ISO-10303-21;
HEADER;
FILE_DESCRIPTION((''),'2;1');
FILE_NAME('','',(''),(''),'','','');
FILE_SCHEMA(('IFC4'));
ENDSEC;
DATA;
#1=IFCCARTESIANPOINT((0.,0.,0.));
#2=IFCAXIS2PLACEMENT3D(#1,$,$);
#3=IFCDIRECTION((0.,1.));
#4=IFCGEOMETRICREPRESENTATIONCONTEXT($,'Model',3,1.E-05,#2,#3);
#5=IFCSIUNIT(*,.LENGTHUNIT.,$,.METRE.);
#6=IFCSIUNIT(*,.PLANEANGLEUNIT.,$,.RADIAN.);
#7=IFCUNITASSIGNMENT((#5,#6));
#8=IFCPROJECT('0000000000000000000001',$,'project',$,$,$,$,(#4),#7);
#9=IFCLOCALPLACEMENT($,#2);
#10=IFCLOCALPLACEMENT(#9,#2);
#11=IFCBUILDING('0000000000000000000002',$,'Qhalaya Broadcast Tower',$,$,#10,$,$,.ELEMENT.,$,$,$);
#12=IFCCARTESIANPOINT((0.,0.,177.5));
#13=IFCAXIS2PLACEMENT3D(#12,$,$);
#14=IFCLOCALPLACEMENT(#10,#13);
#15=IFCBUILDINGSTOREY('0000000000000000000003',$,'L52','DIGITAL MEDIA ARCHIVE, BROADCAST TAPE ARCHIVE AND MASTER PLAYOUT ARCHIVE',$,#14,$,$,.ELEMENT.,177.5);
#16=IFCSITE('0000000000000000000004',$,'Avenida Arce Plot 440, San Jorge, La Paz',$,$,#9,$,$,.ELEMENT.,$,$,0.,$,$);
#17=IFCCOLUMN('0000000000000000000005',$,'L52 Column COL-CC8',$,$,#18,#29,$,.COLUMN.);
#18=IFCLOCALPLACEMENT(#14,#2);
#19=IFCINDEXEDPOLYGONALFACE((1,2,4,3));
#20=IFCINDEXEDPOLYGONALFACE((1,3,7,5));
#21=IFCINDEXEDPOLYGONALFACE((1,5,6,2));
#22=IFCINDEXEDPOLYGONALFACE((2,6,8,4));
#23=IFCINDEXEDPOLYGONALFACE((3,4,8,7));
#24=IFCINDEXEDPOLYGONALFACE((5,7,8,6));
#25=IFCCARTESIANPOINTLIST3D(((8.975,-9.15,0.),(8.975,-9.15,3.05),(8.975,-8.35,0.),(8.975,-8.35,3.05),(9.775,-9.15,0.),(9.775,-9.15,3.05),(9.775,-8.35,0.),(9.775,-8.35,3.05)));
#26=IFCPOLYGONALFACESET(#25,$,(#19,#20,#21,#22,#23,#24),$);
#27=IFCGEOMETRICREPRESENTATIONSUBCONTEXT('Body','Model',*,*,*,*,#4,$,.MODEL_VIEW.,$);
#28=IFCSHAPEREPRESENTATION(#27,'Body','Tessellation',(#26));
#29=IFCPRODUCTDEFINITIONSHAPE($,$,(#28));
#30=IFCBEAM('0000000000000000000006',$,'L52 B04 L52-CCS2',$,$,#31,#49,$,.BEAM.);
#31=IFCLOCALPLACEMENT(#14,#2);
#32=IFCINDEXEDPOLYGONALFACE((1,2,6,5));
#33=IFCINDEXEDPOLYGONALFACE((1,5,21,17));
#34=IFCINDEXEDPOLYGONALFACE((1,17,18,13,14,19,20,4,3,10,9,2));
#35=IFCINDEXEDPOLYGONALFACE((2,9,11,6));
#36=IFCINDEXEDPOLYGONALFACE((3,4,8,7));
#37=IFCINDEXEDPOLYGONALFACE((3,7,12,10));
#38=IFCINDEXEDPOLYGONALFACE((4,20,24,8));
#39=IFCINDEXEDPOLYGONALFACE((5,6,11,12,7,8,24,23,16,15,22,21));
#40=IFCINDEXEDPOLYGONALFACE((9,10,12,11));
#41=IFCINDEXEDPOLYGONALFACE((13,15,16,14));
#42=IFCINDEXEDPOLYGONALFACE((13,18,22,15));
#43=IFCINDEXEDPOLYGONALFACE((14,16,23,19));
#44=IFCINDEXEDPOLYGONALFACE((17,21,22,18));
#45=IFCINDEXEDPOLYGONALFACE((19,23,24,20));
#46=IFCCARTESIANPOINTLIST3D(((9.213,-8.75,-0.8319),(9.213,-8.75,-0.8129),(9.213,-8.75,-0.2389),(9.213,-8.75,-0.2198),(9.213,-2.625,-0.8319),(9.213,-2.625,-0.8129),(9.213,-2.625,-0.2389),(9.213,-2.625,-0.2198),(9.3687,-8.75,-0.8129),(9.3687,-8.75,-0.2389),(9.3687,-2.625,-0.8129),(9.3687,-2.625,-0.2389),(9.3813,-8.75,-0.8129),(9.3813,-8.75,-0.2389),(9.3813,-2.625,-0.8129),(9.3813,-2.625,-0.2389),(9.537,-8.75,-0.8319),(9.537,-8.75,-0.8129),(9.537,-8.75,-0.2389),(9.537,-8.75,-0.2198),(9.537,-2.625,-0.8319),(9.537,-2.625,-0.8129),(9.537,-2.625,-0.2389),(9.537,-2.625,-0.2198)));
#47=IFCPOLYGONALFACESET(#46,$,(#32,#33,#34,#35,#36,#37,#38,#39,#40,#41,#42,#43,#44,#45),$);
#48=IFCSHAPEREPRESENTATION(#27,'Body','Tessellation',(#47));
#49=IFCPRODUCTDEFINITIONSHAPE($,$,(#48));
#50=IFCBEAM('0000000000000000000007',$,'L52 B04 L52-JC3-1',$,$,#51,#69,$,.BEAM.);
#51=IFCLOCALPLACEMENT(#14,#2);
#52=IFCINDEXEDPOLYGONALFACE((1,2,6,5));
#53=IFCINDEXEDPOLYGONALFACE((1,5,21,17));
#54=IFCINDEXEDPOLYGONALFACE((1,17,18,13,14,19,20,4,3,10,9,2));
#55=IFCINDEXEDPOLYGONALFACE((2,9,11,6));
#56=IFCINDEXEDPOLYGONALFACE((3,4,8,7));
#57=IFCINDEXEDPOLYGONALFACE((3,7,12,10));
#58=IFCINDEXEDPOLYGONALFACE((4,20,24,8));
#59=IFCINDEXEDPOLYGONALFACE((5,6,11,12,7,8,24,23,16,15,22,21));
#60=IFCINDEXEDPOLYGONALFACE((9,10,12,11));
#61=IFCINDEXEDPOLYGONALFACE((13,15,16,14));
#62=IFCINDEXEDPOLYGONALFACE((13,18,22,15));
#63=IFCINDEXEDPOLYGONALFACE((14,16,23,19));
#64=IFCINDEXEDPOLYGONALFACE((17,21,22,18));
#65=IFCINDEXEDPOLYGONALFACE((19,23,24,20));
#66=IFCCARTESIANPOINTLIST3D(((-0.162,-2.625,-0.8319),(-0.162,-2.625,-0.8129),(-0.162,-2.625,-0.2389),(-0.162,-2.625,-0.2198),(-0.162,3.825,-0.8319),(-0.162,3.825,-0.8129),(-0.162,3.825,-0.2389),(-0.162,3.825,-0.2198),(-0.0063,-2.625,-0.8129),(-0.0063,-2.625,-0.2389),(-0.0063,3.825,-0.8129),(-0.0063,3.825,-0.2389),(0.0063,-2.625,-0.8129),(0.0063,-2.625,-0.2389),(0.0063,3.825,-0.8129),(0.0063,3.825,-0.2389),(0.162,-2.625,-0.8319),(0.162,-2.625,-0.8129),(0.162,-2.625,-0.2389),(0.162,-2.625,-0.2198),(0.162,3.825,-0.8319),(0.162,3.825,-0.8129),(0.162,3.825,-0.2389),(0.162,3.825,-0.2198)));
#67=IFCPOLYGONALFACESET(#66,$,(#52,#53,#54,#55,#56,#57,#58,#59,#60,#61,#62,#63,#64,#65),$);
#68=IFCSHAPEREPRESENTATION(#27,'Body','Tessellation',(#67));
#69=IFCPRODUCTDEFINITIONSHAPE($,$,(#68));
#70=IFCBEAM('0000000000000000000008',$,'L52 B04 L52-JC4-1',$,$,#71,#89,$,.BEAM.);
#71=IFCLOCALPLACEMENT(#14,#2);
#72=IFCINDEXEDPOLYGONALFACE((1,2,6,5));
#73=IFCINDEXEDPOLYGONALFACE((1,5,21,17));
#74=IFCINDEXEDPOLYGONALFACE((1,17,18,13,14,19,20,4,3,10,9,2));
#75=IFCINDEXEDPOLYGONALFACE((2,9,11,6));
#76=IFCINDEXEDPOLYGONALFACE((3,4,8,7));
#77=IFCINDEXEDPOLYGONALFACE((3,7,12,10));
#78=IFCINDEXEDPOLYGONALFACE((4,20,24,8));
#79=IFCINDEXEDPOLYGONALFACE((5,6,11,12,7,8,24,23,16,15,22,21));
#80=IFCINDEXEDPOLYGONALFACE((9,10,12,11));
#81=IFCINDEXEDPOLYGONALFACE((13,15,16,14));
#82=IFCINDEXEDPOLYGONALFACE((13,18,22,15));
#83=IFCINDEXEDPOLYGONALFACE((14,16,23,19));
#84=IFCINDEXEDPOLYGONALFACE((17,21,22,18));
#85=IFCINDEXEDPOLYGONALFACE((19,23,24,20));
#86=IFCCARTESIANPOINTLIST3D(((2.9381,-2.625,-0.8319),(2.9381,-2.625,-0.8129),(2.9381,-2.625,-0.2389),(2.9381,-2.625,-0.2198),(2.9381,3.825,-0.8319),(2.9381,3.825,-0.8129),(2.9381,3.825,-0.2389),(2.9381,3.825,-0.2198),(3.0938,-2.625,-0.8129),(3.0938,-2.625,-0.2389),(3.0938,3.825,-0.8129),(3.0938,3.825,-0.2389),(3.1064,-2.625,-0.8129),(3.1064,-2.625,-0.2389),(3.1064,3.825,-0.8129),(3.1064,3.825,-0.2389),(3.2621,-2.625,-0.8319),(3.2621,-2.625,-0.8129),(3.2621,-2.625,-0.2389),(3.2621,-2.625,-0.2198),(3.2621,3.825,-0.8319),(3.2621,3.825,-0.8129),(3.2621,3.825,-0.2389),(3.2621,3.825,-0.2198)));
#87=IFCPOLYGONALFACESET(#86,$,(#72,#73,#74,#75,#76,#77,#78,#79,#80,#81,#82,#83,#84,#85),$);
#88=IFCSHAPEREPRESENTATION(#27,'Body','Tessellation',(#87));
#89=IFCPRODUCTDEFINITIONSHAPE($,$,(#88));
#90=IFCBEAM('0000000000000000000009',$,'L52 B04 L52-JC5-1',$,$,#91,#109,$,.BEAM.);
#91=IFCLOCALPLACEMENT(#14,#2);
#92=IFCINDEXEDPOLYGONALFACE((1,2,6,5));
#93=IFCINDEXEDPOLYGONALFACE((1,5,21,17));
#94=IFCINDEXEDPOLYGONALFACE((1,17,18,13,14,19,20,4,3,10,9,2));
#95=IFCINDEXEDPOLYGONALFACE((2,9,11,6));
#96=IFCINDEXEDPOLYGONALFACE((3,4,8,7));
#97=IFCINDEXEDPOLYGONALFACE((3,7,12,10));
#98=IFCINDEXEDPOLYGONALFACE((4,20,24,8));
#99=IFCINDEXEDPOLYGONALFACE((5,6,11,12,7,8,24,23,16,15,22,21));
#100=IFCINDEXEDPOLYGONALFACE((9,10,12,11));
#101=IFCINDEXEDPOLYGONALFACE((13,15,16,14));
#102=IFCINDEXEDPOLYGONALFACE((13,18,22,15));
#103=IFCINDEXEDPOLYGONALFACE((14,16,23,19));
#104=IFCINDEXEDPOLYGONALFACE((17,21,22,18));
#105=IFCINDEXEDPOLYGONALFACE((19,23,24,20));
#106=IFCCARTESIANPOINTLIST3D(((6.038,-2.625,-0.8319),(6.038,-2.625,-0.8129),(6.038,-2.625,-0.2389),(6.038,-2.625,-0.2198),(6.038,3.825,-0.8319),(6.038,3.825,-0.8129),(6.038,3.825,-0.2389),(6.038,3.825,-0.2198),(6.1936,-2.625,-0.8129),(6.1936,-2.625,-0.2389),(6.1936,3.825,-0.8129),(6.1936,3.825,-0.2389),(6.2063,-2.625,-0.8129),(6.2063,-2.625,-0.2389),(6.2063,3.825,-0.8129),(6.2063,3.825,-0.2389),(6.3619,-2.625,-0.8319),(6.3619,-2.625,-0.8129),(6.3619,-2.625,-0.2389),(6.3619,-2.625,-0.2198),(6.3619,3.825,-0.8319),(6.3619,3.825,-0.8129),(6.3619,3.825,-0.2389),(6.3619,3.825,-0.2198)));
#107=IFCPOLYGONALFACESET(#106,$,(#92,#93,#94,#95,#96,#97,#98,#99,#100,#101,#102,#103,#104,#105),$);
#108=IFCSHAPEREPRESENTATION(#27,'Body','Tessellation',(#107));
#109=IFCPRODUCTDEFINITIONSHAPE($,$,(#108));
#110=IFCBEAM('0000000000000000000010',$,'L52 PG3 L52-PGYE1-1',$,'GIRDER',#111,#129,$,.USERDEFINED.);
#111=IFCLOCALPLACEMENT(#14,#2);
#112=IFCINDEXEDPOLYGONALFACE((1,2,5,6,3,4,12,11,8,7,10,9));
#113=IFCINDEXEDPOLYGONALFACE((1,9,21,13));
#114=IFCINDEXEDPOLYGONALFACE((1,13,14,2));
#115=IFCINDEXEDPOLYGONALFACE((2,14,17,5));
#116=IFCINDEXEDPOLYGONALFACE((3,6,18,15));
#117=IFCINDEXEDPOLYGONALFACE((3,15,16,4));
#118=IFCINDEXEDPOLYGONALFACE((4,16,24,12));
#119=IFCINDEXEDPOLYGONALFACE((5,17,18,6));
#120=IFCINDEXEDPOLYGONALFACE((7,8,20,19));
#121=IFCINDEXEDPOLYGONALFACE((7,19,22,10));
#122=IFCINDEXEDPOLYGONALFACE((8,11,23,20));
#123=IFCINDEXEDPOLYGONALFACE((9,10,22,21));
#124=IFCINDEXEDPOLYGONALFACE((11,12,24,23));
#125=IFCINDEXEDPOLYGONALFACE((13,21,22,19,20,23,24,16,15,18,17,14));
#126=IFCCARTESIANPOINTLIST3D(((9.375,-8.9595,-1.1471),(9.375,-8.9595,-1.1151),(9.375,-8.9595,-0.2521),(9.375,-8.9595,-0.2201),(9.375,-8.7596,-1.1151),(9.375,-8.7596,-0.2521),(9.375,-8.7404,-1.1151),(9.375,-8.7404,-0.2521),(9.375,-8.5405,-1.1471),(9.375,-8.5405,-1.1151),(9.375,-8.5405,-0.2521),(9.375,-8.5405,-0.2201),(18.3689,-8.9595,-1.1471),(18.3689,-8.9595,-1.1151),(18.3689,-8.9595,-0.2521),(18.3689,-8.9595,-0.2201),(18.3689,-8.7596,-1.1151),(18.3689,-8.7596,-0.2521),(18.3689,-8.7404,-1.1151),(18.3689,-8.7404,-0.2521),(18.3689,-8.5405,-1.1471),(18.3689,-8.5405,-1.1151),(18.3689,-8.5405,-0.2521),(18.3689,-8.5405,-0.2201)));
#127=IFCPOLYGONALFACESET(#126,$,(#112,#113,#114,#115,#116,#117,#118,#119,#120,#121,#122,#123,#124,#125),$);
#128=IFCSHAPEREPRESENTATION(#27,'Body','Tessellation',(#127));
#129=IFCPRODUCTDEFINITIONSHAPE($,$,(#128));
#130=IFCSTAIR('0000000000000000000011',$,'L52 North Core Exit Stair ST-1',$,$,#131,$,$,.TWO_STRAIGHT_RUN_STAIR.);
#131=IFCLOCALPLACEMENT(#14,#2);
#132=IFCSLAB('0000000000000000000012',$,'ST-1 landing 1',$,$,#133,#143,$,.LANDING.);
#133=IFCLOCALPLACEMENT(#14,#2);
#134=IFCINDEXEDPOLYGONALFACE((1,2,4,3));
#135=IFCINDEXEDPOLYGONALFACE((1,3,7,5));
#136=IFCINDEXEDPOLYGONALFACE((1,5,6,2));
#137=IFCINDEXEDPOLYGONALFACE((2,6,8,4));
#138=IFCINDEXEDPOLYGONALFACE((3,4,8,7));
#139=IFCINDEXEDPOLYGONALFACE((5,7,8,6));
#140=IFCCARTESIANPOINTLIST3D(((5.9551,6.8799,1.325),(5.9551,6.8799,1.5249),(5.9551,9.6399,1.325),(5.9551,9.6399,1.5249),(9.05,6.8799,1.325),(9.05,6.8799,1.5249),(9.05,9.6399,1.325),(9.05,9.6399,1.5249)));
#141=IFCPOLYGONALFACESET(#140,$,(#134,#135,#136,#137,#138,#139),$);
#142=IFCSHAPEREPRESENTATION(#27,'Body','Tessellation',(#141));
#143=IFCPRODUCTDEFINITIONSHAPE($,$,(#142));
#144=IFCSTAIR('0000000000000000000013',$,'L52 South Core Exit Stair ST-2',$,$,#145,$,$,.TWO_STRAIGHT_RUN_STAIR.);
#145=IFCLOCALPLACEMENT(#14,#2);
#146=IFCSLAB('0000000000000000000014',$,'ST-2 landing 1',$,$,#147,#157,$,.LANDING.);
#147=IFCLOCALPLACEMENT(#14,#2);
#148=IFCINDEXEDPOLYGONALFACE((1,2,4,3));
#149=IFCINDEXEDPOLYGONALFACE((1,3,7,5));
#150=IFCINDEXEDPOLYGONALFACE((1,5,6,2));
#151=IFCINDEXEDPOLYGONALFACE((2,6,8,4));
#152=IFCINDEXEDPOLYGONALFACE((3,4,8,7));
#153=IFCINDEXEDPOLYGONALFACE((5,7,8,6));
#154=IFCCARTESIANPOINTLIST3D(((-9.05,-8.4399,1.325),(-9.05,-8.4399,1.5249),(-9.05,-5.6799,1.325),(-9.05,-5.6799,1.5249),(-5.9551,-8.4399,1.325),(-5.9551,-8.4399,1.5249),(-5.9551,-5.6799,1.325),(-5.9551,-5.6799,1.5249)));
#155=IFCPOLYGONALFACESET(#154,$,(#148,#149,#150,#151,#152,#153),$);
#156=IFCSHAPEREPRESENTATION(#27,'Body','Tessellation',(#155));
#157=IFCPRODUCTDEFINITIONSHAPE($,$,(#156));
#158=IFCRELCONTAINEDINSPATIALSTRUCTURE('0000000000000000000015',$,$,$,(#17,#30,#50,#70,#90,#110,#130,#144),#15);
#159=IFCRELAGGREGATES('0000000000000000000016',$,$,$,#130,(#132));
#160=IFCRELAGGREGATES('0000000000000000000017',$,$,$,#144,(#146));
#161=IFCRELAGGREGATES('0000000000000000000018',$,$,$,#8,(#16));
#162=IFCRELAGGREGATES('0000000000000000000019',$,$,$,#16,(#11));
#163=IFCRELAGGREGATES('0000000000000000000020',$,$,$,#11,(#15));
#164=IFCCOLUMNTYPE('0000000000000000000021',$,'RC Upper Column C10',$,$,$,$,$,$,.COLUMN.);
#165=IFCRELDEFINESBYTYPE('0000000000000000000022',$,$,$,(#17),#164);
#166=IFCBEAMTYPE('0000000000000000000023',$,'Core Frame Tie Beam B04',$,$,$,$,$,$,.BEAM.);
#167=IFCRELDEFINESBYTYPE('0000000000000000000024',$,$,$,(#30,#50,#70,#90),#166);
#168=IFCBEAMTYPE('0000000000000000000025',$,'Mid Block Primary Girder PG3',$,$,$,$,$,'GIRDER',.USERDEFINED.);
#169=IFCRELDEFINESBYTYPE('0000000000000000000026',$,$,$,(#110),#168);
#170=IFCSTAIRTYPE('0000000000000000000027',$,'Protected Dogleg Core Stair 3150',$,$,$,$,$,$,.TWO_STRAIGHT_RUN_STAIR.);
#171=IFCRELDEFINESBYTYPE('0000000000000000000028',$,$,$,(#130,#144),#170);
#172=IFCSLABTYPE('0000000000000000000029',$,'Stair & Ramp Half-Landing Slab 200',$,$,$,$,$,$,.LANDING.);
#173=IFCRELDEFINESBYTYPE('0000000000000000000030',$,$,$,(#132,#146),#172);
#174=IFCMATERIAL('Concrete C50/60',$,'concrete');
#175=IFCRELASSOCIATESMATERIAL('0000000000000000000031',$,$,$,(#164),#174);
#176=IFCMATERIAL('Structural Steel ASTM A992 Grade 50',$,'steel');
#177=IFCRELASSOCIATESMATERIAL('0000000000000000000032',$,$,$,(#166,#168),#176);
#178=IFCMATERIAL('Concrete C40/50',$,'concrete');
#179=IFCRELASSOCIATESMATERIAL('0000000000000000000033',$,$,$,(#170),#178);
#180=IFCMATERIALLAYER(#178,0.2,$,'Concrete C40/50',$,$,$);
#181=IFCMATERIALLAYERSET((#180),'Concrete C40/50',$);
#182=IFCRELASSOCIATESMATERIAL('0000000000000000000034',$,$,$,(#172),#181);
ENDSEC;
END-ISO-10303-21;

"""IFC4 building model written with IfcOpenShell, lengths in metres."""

from ifc_helpers import new_model, si_unit, direction, frame, origin, origin_2d, place, context, subcontext, project, spatial, polyline, rectangle, i_section, outline, extrude, material, layer, layer_set, material_profile, profile_set, type_object, element, aggregate, save


model = new_model("IFC4")

# Units and contexts
model_context = context("Model", 3, precision=1e-05, world=origin(), true_north=direction((0.0, 1.0)))
body_context = subcontext(model_context, "Body", "Model", "MODEL_VIEW")
ifc_project = project(units=[si_unit("LENGTHUNIT", "METRE"), si_unit("PLANEANGLEUNIT", "RADIAN")], contexts=[model_context])

# Site, building, storey
site_placement = place(None, origin())
site = spatial("IfcSite", under=ifc_project, at=site_placement, Name="Avenida Arce Plot 440, San Jorge, La Paz", CompositionType="ELEMENT", RefElevation=0.0)
building_placement = place(site_placement, origin())
building = spatial("IfcBuilding", under=site, at=building_placement, Name="Qhalaya Broadcast Tower", CompositionType="ELEMENT")
storey_placement = place(building_placement, frame((0.0, 0.0, 177.5)))
storey = spatial("IfcBuildingStorey", under=building, at=storey_placement, Name="L52", Description="DIGITAL MEDIA ARCHIVE, BROADCAST TAPE ARCHIVE AND MASTER PLAYOUT ARCHIVE", CompositionType="ELEMENT", Elevation=177.5)

# Column
ifc_material_1 = material(Name="Concrete C50/60", Category="concrete")
ifc_material_profile_1 = material_profile(ifc_material_1, rectangle(XDim=0.8, YDim=0.8, at=origin_2d()), Name="RC-COL 800x800")
ifc_profile_set_1 = profile_set([ifc_material_profile_1], Name="Concrete C50/60")
column_type = type_object("IfcColumnType", Name="RC Upper Column C10", PredefinedType="COLUMN", material=ifc_profile_set_1)
column_placement = place(storey_placement, frame((9.375, -8.75, 0.0), z_axis=(0.0, 0.0, 1.0), x_axis=(1.0, 0.0, 0.0)))
element("IfcColumn", 1, at=column_placement, inside=storey, type_object=column_type, Name="L52 Column COL-CC8", PredefinedType="COLUMN", context=body_context, shape_type="SweptSolid", body=[
    extrude(rectangle(XDim=0.8, YDim=0.8, at=origin_2d()), origin(), (0.0, 0.0, 1.0), 3.05),
])

# Beams
ifc_material_2 = material(Name="Structural Steel ASTM A992 Grade 50", Category="steel")
ifc_material_profile_2 = material_profile(ifc_material_2, i_section(OverallWidth=0.324, OverallDepth=0.6121, WebThickness=0.0127, FlangeThickness=0.019, at=origin_2d()), Name="W24X104")
ifc_profile_set_2 = profile_set([ifc_material_profile_2], Name="Structural Steel ASTM A992 Grade 50")
beam_type_1 = type_object("IfcBeamType", Name="Core Frame Tie Beam B04", PredefinedType="BEAM", material=ifc_profile_set_2)
beam_1_placement = place(storey_placement, frame((9.375, -8.75, -0.5259), z_axis=(0.0, 1.0, 0.0), x_axis=(-1.0, 0.0, 0.0)))
element("IfcBeam", 2, at=beam_1_placement, inside=storey, type_object=beam_type_1, Name="L52 B04 L52-CCS2", PredefinedType="BEAM", context=body_context, shape_type="SweptSolid", body=[
    extrude(i_section(OverallWidth=0.324, OverallDepth=0.6121, WebThickness=0.0127, FlangeThickness=0.019, at=origin_2d()), origin(), (0.0, 0.0, 1.0), 6.125),
])
for number, where, z_axis, x_axis, name in (
    (3, (0.0, -2.625, -0.5259), (0.0, 1.0, 0.0), (-1.0, 0.0, 0.0), "L52 B04 L52-JC3-1"),
    (4, (3.1001, -2.625, -0.5259), (0.0, 1.0, 0.0), (-1.0, 0.0, 0.0), "L52 B04 L52-JC4-1"),
    (5, (6.2, -2.625, -0.5259), (0.0, 1.0, 0.0), (-1.0, 0.0, 0.0), "L52 B04 L52-JC5-1"),
):
    element("IfcBeam", number, at=place(storey_placement, frame(where, z_axis=z_axis, x_axis=x_axis)), inside=storey, type_object=beam_type_1, Name=name, PredefinedType="BEAM", context=body_context, shape_type="SweptSolid", body=[
        extrude(i_section(OverallWidth=0.324, OverallDepth=0.6121, WebThickness=0.0127, FlangeThickness=0.019, at=origin_2d()), origin(), (0.0, 0.0, 1.0), 6.45),
    ])
ifc_material_profile_3 = material_profile(ifc_material_2, i_section(OverallWidth=0.4189, OverallDepth=0.927, WebThickness=0.0193, FlangeThickness=0.032, at=origin_2d()), Name="W36X231")
ifc_profile_set_3 = profile_set([ifc_material_profile_3], Name="Structural Steel ASTM A992 Grade 50")
beam_type_2 = type_object("IfcBeamType", Name="Mid Block Primary Girder PG3", ElementType="GIRDER", PredefinedType="USERDEFINED", material=ifc_profile_set_3)
beam_2_placement = place(storey_placement, frame((9.375, -8.75, -0.6836), z_axis=(1.0, 0.0, 0.0), x_axis=(0.0, 1.0, 0.0)))
element("IfcBeam", 6, at=beam_2_placement, inside=storey, type_object=beam_type_2, Name="L52 PG3 L52-PGYE1-1", ObjectType="GIRDER", PredefinedType="USERDEFINED", context=body_context, shape_type="SweptSolid", body=[
    extrude(i_section(OverallWidth=0.4189, OverallDepth=0.927, WebThickness=0.0193, FlangeThickness=0.032, at=origin_2d()), origin(), (0.0, 0.0, 1.0), 8.9939),
])

# Stairs, slabs
ifc_material_3 = material(Name="Concrete C40/50", Category="concrete")
stair_type = type_object("IfcStairType", Name="Protected Dogleg Core Stair 3150", PredefinedType="TWO_STRAIGHT_RUN_STAIR", material=ifc_material_3)
stair_1_placement = place(storey_placement, origin())
stair_1 = element("IfcStair", 7, at=stair_1_placement, inside=storey, type_object=stair_type, Name="L52 North Core Exit Stair ST-1", PredefinedType="TWO_STRAIGHT_RUN_STAIR")
ifc_layer_1 = layer(ifc_material_3, 0.2, Name="Concrete C40/50")
ifc_layer_set_1 = layer_set([ifc_layer_1], Name="Concrete C40/50")
slab_type_1 = type_object("IfcSlabType", Name="Stair & Ramp Half-Landing Slab 200", PredefinedType="LANDING", material=ifc_layer_set_1)
slab_1_placement = place(storey_placement, frame((0.0, 0.0, 1.325)))
slab_1 = element("IfcSlab", 8, at=slab_1_placement, type_object=slab_type_1, Name="ST-1 landing 1", PredefinedType="LANDING", context=body_context, shape_type="SweptSolid", body=[
    extrude(outline(polyline([(5.9551, 6.8799), (9.05, 6.8799), (9.05, 9.6399), (5.9551, 9.6399), (5.9551, 6.8799)])), origin(), (0.0, 0.0, 1.0), 0.2),
])
aggregate(stair_1, [slab_1])
stair_2_placement = place(storey_placement, origin())
stair_2 = element("IfcStair", 9, at=stair_2_placement, inside=storey, type_object=stair_type, Name="L52 South Core Exit Stair ST-2", PredefinedType="TWO_STRAIGHT_RUN_STAIR")
slab_2_placement = place(storey_placement, frame((0.0, 0.0, 1.325)))
slab_2 = element("IfcSlab", 10, at=slab_2_placement, type_object=slab_type_1, Name="ST-2 landing 1", PredefinedType="LANDING", context=body_context, shape_type="SweptSolid", body=[
    extrude(outline(polyline([(-5.9551, -5.6799), (-9.05, -5.6799), (-9.05, -8.4399), (-5.9551, -8.4399), (-5.9551, -5.6799)])), origin(), (0.0, 0.0, 1.0), 0.2),
])
aggregate(stair_2, [slab_2])

save(model, "model.ifc")
